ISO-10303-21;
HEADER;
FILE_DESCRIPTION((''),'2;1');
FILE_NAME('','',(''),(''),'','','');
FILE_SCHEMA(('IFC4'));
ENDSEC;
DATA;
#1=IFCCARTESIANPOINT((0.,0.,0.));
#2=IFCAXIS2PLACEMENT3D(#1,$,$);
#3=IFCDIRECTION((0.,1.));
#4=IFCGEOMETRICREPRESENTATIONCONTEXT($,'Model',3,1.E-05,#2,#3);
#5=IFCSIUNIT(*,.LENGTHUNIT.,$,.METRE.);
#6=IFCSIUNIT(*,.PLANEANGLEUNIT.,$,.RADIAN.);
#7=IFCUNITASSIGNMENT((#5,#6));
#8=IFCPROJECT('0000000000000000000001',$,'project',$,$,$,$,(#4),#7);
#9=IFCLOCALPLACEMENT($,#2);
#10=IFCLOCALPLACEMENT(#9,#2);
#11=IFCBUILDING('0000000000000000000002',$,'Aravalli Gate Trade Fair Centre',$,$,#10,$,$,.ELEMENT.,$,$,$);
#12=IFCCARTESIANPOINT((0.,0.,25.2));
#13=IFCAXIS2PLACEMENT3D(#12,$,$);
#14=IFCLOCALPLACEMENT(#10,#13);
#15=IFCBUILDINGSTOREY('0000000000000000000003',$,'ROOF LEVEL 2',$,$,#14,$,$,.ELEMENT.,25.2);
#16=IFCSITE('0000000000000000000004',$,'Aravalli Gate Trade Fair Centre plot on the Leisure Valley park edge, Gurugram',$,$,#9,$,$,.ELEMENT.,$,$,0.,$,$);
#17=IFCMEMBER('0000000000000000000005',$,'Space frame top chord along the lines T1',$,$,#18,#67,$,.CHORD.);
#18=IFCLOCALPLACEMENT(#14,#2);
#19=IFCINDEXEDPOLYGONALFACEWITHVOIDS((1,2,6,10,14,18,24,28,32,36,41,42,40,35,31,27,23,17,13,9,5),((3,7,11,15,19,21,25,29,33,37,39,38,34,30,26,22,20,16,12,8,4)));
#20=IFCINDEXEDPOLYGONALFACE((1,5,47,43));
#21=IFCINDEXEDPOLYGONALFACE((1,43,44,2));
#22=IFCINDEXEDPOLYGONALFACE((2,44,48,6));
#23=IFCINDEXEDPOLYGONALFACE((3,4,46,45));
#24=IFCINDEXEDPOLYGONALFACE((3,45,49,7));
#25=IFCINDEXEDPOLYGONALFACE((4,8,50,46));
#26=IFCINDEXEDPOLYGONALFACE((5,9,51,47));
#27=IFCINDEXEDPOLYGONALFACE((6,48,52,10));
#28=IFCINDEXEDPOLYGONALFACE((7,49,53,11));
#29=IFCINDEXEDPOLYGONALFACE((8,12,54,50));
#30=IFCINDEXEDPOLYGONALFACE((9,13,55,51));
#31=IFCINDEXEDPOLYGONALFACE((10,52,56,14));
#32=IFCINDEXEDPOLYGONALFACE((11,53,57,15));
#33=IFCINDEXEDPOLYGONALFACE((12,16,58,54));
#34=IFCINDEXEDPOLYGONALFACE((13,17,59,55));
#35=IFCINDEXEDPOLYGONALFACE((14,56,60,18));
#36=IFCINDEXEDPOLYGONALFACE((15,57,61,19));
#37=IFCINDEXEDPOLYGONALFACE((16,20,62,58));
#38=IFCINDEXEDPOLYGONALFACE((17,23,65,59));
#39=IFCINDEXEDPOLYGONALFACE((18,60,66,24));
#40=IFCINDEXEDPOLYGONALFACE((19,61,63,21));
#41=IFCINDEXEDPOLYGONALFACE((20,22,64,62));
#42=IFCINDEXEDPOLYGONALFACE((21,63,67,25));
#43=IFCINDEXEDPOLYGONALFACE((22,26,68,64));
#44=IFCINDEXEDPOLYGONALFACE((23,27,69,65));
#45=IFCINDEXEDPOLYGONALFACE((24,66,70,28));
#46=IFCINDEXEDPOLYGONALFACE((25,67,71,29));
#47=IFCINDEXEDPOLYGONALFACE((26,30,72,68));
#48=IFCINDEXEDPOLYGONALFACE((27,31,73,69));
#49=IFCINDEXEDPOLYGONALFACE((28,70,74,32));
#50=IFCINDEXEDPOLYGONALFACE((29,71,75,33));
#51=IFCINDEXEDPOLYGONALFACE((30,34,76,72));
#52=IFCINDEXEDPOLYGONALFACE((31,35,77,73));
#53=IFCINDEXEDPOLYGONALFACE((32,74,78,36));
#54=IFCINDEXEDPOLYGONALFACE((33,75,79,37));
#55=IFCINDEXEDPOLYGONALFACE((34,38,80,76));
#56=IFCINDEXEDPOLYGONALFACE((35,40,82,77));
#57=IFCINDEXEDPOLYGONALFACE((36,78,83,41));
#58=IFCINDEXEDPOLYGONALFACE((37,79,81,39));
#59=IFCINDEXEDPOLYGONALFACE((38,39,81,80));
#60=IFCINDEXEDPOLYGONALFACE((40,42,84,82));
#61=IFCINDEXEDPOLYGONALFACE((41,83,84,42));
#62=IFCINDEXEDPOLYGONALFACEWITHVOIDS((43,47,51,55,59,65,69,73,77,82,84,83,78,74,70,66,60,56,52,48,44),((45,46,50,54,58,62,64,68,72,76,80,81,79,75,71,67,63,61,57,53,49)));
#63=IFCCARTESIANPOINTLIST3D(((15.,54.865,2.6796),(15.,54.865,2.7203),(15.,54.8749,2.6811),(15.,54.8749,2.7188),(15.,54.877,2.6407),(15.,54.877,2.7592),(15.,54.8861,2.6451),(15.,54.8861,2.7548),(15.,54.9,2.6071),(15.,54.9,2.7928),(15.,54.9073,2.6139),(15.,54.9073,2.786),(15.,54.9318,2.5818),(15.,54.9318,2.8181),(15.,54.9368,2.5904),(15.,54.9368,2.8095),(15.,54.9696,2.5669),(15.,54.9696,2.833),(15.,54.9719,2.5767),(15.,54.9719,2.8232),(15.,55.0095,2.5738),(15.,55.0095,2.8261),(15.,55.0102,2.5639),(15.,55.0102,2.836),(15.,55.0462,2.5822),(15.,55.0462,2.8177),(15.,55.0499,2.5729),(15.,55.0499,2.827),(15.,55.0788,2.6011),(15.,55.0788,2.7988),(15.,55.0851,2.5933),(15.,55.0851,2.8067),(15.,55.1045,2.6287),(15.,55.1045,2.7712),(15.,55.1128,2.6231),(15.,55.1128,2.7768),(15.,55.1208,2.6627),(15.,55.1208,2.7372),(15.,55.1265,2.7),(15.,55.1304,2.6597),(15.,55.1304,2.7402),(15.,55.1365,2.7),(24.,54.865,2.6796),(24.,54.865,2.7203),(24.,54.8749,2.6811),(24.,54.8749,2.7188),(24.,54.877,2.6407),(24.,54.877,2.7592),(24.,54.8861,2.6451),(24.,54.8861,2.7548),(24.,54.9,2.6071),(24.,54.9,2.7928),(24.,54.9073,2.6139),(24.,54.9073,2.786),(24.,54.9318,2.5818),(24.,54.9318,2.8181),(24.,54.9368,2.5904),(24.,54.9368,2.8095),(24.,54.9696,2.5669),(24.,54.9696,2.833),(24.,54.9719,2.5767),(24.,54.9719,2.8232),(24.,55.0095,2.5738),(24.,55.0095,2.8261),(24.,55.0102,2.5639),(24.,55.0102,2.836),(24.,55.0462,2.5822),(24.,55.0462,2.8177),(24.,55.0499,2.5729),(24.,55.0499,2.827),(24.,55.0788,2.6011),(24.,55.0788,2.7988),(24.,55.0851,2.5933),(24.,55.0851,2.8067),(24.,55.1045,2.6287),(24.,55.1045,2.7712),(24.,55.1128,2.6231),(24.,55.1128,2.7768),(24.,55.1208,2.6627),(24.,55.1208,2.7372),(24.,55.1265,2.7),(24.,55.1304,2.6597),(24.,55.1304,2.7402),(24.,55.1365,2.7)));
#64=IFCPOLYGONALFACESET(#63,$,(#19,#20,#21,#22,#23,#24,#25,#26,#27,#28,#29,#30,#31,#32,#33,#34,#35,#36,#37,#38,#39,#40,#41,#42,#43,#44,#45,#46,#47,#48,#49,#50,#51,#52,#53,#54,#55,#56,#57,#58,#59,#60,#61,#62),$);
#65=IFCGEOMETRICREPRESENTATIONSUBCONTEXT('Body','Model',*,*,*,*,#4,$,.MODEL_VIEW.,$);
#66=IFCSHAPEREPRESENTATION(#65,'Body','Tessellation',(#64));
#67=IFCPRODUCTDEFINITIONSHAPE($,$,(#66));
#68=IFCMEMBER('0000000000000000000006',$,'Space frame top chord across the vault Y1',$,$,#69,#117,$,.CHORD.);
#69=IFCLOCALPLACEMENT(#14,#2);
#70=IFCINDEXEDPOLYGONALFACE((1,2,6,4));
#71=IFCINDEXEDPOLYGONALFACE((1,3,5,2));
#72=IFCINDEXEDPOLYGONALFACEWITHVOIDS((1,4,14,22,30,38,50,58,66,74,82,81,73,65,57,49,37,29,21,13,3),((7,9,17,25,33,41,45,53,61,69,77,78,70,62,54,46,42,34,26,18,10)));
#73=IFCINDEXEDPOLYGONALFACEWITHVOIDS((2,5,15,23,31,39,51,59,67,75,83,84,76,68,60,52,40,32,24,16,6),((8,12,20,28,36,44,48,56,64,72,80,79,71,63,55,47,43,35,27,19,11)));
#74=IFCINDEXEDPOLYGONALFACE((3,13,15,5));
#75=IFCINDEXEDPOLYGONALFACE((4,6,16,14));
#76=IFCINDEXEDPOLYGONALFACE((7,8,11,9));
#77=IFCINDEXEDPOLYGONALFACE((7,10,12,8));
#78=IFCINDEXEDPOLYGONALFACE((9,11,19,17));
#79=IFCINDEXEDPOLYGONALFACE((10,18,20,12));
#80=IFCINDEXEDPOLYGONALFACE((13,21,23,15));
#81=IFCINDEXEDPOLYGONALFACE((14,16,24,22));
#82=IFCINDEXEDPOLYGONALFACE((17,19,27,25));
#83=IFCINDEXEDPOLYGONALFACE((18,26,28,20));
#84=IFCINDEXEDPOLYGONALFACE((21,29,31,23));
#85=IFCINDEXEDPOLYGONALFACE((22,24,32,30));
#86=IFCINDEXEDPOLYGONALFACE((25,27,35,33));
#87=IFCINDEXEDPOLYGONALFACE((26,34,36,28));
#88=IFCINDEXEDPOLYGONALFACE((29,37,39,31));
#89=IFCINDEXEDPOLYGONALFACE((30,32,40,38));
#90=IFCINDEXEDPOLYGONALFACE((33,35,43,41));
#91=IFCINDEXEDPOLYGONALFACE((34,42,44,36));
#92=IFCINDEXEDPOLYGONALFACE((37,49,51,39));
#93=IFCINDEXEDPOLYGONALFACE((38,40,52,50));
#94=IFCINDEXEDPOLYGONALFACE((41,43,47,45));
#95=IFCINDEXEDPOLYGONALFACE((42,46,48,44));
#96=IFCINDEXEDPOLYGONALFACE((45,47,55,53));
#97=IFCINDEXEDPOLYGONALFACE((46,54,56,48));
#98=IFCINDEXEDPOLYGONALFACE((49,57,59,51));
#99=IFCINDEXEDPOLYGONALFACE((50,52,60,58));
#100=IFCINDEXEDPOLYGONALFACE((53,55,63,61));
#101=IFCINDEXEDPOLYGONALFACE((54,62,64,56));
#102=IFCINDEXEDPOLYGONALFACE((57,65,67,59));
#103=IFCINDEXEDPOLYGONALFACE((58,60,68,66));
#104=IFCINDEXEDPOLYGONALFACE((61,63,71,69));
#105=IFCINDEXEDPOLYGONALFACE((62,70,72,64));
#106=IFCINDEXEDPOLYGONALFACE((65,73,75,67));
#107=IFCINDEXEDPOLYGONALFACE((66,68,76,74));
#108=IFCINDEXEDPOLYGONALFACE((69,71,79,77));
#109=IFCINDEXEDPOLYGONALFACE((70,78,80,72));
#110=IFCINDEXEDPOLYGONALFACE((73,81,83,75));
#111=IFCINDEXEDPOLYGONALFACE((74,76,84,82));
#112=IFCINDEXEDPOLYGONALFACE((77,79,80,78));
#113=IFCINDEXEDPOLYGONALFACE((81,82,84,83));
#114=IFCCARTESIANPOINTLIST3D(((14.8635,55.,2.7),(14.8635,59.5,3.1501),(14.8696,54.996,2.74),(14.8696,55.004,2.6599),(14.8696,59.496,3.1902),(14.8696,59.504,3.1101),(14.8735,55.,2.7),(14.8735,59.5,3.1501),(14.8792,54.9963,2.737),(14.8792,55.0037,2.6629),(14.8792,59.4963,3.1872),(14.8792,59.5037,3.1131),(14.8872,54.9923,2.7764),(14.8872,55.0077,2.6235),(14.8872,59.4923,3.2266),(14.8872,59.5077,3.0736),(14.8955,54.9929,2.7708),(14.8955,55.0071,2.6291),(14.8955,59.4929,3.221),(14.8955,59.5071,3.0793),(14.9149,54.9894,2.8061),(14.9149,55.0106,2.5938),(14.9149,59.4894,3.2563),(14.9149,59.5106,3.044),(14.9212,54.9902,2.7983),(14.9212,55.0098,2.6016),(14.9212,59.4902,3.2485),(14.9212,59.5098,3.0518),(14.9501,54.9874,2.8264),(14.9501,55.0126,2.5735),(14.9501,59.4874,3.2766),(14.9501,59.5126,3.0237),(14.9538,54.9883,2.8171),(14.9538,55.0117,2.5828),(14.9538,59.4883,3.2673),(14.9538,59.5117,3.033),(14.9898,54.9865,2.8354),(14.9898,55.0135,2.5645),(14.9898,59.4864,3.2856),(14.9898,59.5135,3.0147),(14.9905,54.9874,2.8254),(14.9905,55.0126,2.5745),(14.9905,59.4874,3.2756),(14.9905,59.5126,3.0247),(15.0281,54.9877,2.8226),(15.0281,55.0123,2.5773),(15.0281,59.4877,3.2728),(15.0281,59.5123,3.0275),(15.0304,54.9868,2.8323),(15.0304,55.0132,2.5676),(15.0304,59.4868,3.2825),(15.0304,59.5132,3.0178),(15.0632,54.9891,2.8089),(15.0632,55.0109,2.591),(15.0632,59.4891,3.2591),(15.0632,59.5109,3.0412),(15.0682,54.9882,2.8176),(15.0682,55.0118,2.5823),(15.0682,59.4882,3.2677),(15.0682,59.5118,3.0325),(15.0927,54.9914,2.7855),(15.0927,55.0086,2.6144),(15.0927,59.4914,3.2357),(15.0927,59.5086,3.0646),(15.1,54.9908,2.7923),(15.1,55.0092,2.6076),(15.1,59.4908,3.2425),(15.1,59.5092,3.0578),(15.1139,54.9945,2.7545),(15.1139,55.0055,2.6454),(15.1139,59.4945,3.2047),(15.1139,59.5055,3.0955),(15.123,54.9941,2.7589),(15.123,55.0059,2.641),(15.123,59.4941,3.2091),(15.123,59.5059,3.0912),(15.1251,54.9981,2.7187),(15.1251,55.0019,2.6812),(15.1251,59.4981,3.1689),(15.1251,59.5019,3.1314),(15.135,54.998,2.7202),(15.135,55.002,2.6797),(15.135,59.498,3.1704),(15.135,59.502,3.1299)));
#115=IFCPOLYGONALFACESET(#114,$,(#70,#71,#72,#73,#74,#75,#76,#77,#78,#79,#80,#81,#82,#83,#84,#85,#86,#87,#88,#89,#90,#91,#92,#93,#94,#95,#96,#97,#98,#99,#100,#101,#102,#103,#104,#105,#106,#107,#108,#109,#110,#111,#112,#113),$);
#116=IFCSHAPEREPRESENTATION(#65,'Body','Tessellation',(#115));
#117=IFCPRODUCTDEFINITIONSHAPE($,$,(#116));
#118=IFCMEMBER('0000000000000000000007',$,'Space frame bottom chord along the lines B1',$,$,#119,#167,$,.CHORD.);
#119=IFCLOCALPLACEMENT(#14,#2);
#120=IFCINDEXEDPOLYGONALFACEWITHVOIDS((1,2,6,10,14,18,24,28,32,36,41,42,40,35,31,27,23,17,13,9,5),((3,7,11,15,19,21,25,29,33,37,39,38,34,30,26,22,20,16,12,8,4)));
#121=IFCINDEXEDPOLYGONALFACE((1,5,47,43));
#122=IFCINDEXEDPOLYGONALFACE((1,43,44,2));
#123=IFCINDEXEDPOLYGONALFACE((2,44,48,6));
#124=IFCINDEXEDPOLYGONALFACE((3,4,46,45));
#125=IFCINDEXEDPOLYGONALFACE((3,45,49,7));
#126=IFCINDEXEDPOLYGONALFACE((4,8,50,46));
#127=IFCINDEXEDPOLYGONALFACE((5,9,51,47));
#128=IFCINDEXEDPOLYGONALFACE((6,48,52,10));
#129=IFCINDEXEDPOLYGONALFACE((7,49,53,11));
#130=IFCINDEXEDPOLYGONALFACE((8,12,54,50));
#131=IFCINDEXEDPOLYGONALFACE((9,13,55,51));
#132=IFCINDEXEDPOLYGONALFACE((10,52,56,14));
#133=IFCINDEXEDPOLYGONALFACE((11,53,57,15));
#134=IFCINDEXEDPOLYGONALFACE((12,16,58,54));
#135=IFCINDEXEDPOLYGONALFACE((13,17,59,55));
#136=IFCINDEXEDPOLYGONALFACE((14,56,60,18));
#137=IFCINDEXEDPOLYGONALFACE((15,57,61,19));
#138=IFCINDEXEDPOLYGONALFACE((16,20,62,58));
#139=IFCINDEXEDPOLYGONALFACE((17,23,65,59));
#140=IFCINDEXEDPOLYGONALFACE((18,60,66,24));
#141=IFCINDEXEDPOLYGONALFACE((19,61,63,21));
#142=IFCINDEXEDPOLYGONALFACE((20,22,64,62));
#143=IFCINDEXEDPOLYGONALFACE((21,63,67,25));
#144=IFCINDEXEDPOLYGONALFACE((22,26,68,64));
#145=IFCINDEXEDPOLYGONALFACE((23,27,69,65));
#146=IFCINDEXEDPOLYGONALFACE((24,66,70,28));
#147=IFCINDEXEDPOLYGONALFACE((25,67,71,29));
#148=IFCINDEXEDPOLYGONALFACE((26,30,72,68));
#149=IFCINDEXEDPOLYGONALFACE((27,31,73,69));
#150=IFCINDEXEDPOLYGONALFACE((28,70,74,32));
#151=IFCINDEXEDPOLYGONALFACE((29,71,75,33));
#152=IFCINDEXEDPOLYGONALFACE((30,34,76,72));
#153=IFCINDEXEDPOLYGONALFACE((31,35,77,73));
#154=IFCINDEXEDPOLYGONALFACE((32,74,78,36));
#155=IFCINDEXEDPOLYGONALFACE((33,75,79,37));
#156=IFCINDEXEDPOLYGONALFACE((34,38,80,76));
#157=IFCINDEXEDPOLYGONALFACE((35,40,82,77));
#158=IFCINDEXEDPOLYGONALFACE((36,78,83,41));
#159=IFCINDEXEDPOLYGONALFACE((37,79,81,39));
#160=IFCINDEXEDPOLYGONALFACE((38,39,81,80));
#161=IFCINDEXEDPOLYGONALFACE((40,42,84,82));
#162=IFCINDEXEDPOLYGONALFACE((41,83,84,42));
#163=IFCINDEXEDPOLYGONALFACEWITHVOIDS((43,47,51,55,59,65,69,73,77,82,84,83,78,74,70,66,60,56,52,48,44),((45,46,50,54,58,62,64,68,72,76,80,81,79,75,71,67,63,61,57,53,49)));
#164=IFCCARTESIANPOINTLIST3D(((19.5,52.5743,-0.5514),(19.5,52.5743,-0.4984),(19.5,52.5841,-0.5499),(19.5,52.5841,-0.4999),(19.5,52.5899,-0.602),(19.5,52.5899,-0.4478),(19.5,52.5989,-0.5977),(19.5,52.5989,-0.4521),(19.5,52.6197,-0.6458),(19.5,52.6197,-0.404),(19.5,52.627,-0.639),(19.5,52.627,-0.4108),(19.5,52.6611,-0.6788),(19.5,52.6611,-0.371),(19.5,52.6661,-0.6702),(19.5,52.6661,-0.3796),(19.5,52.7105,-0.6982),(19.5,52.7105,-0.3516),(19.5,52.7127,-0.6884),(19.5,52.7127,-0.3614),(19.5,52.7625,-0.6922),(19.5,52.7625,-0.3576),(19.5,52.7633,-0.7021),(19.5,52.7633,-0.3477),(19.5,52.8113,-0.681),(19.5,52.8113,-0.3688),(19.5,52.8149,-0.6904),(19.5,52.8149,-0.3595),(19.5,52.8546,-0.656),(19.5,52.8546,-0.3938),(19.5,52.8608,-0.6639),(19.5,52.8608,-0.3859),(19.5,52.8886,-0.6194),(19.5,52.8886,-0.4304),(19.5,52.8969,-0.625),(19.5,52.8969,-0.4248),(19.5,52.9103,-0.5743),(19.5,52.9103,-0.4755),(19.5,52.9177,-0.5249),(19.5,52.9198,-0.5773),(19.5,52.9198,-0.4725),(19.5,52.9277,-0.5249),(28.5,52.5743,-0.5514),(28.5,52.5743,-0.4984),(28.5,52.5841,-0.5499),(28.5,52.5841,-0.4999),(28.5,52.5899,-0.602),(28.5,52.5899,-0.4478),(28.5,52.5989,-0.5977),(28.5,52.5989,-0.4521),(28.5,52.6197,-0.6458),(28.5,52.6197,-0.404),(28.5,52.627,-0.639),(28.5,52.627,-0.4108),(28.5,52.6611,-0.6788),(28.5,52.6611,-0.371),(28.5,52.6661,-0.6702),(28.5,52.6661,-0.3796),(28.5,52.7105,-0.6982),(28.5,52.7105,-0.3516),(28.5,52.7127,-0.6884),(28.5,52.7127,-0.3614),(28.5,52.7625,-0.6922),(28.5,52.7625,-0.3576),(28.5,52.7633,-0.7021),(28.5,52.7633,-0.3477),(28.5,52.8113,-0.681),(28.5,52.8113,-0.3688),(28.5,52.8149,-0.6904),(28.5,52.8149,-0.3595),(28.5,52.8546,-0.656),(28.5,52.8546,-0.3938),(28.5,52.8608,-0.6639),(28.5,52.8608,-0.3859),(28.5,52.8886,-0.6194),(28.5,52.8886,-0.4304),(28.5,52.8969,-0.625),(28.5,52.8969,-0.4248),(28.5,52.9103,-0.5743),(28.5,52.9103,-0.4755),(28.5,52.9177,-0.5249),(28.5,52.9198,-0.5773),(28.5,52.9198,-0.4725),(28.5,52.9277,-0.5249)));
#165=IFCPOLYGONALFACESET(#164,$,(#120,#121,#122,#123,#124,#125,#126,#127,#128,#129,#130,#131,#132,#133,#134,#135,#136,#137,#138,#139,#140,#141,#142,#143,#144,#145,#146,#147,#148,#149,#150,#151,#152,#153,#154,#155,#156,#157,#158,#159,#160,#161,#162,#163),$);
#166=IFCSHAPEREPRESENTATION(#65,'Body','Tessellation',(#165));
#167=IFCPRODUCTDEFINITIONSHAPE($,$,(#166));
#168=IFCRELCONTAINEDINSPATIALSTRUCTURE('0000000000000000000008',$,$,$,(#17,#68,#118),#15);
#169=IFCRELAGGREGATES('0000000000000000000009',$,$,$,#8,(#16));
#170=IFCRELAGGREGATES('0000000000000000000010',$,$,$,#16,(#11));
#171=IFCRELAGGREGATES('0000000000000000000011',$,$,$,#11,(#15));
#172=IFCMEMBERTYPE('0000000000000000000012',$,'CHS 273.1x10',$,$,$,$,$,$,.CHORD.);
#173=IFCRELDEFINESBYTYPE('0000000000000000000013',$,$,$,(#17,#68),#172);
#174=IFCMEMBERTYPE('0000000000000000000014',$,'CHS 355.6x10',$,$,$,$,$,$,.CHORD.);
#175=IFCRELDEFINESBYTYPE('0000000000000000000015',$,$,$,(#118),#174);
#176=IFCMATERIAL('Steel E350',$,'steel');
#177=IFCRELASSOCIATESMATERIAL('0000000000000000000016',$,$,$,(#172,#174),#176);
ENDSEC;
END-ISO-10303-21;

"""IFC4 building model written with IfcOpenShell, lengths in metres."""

from ifc_helpers import new_model, si_unit, direction, frame, origin, origin_2d, place, context, subcontext, project, spatial, hollow_circle, extrude, material, material_profile, profile_set, type_object, element, save


model = new_model("IFC4")

# Units and contexts
model_context = context("Model", 3, precision=1e-05, world=origin(), true_north=direction((0.0, 1.0)))
body_context = subcontext(model_context, "Body", "Model", "MODEL_VIEW")
ifc_project = project(units=[si_unit("LENGTHUNIT", "METRE"), si_unit("PLANEANGLEUNIT", "RADIAN")], contexts=[model_context])

# Site, building, storey
site_placement = place(None, origin())
site = spatial("IfcSite", under=ifc_project, at=site_placement, Name="Aravalli Gate Trade Fair Centre plot on the Leisure Valley park edge, Gurugram", CompositionType="ELEMENT", RefElevation=0.0)
building_placement = place(site_placement, origin())
building = spatial("IfcBuilding", under=site, at=building_placement, Name="Aravalli Gate Trade Fair Centre", CompositionType="ELEMENT")
storey_placement = place(building_placement, frame((0.0, 0.0, 25.2)))
storey = spatial("IfcBuildingStorey", under=building, at=storey_placement, Name="ROOF LEVEL 2", CompositionType="ELEMENT", Elevation=25.2)

# Members
ifc_material = material(Name="Steel E350", Category="steel")
ifc_material_profile_1 = material_profile(ifc_material, hollow_circle(Radius=0.1365, WallThickness=0.01, at=origin_2d()), Name="CHS 273.1x10")
ifc_profile_set_1 = profile_set([ifc_material_profile_1], Name="Steel E350")
member_type_1 = type_object("IfcMemberType", Name="CHS 273.1x10", PredefinedType="CHORD", material=ifc_profile_set_1)
member_1_placement = place(storey_placement, frame((15.0, 55.0, 2.7), z_axis=(1.0, 0.0, 0.0), x_axis=(0.0, 1.0, 0.0)))
element("IfcMember", 1, at=member_1_placement, inside=storey, type_object=member_type_1, Name="Space frame top chord along the lines T1", PredefinedType="CHORD", context=body_context, shape_type="SweptSolid", body=[
    extrude(hollow_circle(Radius=0.1365, WallThickness=0.01, at=origin_2d()), origin(), (0.0, 0.0, 1.0), 9.0),
])
member_2_placement = place(storey_placement, frame((15.0, 55.0, 2.7), z_axis=(0.0, 0.995033, 0.099546), x_axis=(-1.0, 0.0, 0.0)))
element("IfcMember", 2, at=member_2_placement, inside=storey, type_object=member_type_1, Name="Space frame top chord across the vault Y1", PredefinedType="CHORD", context=body_context, shape_type="SweptSolid", body=[
    extrude(hollow_circle(Radius=0.1365, WallThickness=0.01, at=origin_2d()), origin(), (0.0, 0.0, 1.0), 4.5225),
])
ifc_material_profile_2 = material_profile(ifc_material, hollow_circle(Radius=0.1777, WallThickness=0.01, at=origin_2d()), Name="CHS 355.6x10")
ifc_profile_set_2 = profile_set([ifc_material_profile_2], Name="Steel E350")
member_type_2 = type_object("IfcMemberType", Name="CHS 355.6x10", PredefinedType="CHORD", material=ifc_profile_set_2)
member_3_placement = place(storey_placement, frame((19.5, 52.75, -0.5249), z_axis=(1.0, 0.0, 0.0), x_axis=(0.0, 1.0, 0.0)))
element("IfcMember", 3, at=member_3_placement, inside=storey, type_object=member_type_2, Name="Space frame bottom chord along the lines B1", PredefinedType="CHORD", context=body_context, shape_type="SweptSolid", body=[
    extrude(hollow_circle(Radius=0.1777, WallThickness=0.01, at=origin_2d()), origin(), (0.0, 0.0, 1.0), 9.0),
])

save(model, "model.ifc")
